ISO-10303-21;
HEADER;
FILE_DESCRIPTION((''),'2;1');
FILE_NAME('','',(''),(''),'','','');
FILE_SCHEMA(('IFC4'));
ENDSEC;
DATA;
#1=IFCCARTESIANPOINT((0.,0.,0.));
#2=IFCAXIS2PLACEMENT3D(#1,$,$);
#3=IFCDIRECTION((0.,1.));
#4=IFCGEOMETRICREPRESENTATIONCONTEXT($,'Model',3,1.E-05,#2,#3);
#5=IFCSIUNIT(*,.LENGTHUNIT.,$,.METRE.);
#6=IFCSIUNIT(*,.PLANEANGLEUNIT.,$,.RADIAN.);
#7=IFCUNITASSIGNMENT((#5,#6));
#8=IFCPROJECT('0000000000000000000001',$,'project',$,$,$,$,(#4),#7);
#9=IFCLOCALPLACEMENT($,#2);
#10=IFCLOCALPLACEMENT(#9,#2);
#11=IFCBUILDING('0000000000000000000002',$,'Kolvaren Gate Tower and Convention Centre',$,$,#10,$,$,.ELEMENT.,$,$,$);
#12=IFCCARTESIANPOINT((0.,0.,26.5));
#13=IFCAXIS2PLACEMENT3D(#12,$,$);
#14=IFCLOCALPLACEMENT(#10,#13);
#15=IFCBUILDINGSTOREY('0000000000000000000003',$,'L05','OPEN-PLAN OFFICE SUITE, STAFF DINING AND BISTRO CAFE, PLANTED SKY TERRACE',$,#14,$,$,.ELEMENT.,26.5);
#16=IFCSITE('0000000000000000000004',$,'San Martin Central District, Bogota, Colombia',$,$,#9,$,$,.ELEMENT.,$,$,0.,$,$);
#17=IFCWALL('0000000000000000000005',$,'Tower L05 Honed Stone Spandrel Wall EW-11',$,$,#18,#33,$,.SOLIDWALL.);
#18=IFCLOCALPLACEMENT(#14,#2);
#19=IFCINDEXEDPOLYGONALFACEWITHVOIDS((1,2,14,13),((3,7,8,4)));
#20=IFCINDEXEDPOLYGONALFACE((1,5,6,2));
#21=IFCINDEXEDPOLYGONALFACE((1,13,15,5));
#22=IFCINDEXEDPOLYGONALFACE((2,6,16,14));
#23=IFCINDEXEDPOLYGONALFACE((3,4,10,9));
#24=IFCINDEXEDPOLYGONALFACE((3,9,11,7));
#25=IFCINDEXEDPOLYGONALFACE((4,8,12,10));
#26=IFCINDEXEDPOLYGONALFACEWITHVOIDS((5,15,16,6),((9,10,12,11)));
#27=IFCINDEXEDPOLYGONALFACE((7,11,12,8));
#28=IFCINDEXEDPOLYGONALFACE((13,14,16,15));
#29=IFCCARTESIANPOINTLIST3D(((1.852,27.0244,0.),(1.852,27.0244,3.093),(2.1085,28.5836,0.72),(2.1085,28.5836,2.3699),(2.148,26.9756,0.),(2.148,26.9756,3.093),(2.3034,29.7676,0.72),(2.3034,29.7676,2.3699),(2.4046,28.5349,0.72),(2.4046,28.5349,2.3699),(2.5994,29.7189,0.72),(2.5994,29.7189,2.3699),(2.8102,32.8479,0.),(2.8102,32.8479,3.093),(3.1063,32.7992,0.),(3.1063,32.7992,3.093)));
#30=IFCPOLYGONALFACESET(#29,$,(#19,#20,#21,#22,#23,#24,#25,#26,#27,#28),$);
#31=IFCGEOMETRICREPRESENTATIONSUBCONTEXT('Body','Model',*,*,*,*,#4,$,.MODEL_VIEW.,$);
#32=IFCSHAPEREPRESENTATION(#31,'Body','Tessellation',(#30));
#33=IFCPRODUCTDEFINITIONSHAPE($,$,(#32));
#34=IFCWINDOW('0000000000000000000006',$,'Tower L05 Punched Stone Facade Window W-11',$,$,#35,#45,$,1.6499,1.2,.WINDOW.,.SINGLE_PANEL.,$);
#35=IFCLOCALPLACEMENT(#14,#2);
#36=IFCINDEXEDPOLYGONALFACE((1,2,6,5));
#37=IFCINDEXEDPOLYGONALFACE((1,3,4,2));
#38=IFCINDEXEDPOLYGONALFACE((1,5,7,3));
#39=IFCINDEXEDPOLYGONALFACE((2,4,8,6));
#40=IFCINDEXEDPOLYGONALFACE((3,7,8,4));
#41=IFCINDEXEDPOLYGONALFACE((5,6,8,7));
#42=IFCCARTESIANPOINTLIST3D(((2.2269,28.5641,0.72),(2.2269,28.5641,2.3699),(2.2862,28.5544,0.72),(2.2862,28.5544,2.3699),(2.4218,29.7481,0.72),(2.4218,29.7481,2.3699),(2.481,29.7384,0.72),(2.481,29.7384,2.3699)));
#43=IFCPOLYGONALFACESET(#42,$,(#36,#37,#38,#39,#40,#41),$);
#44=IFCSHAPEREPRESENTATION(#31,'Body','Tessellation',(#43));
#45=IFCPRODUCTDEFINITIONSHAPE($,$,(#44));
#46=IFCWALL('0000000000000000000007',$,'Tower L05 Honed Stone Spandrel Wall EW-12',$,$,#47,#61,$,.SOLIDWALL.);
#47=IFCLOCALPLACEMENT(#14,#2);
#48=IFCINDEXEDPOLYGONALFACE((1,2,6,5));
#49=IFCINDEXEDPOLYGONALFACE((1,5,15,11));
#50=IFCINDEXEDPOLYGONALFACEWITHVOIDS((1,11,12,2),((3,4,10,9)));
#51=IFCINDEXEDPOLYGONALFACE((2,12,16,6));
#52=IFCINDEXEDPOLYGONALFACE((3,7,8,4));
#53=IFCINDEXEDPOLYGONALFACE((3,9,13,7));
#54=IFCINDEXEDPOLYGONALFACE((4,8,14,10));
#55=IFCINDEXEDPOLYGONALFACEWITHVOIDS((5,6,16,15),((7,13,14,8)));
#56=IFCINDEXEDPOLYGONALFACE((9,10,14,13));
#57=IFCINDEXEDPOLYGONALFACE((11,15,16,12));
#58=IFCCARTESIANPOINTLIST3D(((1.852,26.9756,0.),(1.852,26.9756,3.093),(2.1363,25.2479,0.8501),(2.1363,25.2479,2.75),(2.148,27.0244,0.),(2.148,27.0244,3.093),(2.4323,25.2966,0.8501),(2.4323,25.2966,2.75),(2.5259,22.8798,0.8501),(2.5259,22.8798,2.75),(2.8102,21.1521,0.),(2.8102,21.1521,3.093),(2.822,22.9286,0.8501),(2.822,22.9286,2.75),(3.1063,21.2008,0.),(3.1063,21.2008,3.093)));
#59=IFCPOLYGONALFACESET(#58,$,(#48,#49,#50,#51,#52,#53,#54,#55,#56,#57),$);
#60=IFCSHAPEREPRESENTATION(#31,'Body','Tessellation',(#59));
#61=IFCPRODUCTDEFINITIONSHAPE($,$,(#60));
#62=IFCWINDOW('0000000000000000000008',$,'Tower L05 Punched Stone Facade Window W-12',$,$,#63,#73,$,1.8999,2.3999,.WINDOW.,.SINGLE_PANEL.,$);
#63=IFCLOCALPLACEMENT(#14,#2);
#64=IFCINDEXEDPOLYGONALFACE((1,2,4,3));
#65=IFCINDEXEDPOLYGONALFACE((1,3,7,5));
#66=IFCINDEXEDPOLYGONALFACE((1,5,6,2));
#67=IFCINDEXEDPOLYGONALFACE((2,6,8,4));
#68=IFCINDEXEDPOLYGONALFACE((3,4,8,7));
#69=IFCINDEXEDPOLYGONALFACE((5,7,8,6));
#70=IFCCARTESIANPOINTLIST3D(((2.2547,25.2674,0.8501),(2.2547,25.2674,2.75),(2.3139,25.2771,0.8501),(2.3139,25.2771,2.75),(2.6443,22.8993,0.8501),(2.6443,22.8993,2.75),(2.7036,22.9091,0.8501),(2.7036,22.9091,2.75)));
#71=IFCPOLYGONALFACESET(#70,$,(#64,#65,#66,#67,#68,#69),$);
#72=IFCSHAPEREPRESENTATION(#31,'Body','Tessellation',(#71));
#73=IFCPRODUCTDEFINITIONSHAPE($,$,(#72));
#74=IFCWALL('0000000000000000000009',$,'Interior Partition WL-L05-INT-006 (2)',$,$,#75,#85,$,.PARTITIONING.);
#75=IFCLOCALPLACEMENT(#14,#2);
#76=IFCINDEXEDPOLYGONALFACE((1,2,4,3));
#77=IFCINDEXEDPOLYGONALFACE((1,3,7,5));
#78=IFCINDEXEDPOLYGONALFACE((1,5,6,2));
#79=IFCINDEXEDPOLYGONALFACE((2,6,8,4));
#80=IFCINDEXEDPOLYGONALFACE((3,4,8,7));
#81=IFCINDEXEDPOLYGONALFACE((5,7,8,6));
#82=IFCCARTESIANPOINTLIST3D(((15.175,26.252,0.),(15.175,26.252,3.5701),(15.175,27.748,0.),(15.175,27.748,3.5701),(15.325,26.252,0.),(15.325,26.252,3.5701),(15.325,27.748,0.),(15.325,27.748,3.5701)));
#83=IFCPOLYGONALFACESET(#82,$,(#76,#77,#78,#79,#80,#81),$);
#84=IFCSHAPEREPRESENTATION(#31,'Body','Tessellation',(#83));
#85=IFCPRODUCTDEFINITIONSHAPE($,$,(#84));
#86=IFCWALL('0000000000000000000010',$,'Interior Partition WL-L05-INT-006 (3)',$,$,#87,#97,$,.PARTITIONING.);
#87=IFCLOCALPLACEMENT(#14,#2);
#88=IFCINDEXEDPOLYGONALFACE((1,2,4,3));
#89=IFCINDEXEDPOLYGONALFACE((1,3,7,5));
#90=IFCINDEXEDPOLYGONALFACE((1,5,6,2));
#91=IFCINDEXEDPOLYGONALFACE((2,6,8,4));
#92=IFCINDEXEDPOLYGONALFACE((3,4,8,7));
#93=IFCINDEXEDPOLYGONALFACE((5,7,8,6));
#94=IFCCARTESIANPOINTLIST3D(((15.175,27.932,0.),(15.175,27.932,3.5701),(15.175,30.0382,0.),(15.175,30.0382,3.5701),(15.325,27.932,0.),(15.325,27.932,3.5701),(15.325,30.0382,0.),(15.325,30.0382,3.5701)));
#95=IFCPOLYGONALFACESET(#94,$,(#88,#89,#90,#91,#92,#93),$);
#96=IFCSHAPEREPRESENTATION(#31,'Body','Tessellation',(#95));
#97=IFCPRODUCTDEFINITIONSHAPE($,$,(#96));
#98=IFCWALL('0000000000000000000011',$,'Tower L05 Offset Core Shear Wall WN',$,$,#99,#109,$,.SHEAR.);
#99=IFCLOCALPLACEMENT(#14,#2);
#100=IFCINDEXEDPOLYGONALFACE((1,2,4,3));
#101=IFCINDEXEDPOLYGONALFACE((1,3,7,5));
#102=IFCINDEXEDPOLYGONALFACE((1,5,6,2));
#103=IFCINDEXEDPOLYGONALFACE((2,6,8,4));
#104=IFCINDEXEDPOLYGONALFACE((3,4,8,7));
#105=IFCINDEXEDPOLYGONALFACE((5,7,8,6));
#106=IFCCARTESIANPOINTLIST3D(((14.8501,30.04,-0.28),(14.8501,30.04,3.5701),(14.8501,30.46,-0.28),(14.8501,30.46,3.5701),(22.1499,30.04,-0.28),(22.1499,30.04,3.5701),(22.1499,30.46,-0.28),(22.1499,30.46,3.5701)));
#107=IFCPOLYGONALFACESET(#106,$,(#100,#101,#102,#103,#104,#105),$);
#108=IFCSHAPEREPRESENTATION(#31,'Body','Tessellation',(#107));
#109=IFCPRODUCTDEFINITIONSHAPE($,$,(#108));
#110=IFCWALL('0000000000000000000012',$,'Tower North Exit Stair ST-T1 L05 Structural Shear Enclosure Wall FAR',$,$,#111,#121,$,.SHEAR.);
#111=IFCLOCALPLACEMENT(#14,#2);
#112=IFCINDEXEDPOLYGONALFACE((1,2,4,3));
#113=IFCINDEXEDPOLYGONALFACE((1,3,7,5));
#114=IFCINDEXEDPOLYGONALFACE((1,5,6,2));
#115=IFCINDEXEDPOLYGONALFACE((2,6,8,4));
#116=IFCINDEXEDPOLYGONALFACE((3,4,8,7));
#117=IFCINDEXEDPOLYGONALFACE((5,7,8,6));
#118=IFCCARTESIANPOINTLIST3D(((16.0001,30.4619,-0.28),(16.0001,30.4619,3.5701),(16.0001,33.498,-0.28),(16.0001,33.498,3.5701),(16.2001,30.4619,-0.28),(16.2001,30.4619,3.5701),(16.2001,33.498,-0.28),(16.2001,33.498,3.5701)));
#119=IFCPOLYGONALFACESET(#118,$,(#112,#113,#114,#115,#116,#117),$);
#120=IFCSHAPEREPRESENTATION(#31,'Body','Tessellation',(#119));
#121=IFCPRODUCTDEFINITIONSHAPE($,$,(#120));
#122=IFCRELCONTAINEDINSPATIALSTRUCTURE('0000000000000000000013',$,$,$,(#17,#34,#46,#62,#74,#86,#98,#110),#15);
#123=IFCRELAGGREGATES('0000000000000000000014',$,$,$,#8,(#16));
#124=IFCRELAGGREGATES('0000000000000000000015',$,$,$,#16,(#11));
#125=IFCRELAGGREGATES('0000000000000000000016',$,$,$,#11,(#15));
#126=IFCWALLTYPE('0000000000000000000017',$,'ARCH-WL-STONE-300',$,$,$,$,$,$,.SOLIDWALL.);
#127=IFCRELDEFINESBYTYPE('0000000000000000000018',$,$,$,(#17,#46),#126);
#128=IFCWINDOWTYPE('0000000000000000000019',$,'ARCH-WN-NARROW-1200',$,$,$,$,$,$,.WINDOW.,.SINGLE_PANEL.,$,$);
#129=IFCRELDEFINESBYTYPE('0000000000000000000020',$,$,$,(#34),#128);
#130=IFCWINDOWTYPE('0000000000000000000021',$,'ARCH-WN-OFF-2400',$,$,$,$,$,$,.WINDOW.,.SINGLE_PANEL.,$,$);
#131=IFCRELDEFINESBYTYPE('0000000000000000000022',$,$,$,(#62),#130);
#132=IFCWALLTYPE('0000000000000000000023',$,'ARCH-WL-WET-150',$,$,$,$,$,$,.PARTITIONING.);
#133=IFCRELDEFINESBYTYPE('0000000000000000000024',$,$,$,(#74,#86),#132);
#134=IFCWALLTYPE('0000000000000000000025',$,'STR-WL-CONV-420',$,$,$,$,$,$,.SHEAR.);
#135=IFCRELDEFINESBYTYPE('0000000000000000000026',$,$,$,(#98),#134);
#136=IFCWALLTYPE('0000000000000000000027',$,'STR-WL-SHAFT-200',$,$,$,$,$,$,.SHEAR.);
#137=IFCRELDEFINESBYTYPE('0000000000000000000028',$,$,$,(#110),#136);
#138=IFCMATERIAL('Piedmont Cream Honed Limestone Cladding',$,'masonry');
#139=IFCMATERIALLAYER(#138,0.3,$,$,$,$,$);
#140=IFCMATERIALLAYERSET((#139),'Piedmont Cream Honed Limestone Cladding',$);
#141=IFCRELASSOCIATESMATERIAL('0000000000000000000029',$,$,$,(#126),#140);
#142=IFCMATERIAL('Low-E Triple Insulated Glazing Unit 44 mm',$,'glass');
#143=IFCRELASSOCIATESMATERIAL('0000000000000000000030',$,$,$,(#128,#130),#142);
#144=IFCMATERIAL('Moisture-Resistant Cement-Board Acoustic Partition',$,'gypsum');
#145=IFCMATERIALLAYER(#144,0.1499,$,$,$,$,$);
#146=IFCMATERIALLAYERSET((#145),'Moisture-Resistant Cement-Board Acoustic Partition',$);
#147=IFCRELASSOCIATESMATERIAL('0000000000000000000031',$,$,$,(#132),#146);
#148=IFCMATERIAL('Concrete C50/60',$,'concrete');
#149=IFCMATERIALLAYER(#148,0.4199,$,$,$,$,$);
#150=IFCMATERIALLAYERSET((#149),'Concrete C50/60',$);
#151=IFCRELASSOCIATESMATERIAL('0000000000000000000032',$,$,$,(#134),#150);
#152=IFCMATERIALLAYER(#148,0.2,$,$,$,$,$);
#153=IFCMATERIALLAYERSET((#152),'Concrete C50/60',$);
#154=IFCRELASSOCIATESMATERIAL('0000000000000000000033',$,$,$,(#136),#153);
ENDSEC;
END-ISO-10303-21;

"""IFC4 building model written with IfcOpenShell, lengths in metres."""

from ifc_helpers import new_model, si_unit, direction, frame, frame_2d, origin, place, context, subcontext, project, spatial, rectangle, extrude, material, layer, layer_set, type_object, element, fill, save


model = new_model("IFC4")

# Units and contexts
model_context = context("Model", 3, precision=1e-05, world=origin(), true_north=direction((0.0, 1.0)))
body_context = subcontext(model_context, "Body", "Model", "MODEL_VIEW")
ifc_project = project(units=[si_unit("LENGTHUNIT", "METRE"), si_unit("PLANEANGLEUNIT", "RADIAN")], contexts=[model_context])

# Site, building, storey
site_placement = place(None, origin())
site = spatial("IfcSite", under=ifc_project, at=site_placement, Name="San Martin Central District, Bogota, Colombia", CompositionType="ELEMENT", RefElevation=0.0)
building_placement = place(site_placement, origin())
building = spatial("IfcBuilding", under=site, at=building_placement, Name="Kolvaren Gate Tower and Convention Centre", CompositionType="ELEMENT")
storey_placement = place(building_placement, frame((0.0, 0.0, 26.5)))
storey = spatial("IfcBuildingStorey", under=building, at=storey_placement, Name="L05", Description="OPEN-PLAN OFFICE SUITE, STAFF DINING AND BISTRO CAFE, PLANTED SKY TERRACE", CompositionType="ELEMENT", Elevation=26.5)

# Shared definitions
ifc_material_1 = material(Name="Piedmont Cream Honed Limestone Cladding", Category="masonry")

# Walls, openings, windows
ifc_layer_1 = layer(ifc_material_1, 0.3)
ifc_layer_set_1 = layer_set([ifc_layer_1], Name="Piedmont Cream Honed Limestone Cladding")
wall_type_1 = type_object("IfcWallType", Name="ARCH-WL-STONE-300", PredefinedType="SOLIDWALL", material=ifc_layer_set_1)
wall_1_placement = place(storey_placement, frame((2.0, 27.0, 0.0), z_axis=(0.0, 0.0, 1.0), x_axis=(0.162366, 0.986731, 0.0)))
wall_1 = element("IfcWall", 1, at=wall_1_placement, inside=storey, type_object=wall_type_1, Name="Tower L05 Honed Stone Spandrel Wall EW-11", PredefinedType="SOLIDWALL", context=body_context, shape_type="SweptSolid", body=[
    extrude(rectangle(XDim=5.9019, YDim=0.3, at=frame_2d((2.9509, 0.0))), origin(), (0.0, 0.0, 1.0), 3.093),
])
opening_1_placement = place(wall_1_placement, frame((1.5801, 0.0, 0.72)))
opening_1 = element("IfcOpeningElement", 2, at=opening_1_placement, cuts=wall_1, PredefinedType="OPENING", context=body_context, shape_type="SweptSolid", body=[
    extrude(rectangle(XDim=1.2, YDim=1.6499, at=frame_2d((0.6001, 0.825))), frame((0.0, 0.1599, 0.0), z_axis=(0.0, -1.0, 0.0), x_axis=(1.0, 0.0, 0.0)), (0.0, 0.0, 1.0), 0.3201),
])
ifc_material_2 = material(Name="Low-E Triple Insulated Glazing Unit 44 mm", Category="glass")
window_type_1 = type_object("IfcWindowType", Name="ARCH-WN-NARROW-1200", PartitioningType="SINGLE_PANEL", PredefinedType="WINDOW", material=ifc_material_2)
window_1_placement = place(opening_1_placement, origin())
window_1 = element("IfcWindow", 3, at=window_1_placement, inside=storey, type_object=window_type_1, Name="Tower L05 Punched Stone Facade Window W-11", OverallHeight=1.6499, OverallWidth=1.2, PartitioningType="SINGLE_PANEL", PredefinedType="WINDOW", context=body_context, shape_type="SweptSolid", body=[
    extrude(rectangle(XDim=1.2, YDim=1.6499, at=frame_2d((0.6001, 0.825))), frame((0.0, 0.03, 0.0), z_axis=(0.0, -1.0, 0.0), x_axis=(1.0, 0.0, 0.0)), (0.0, 0.0, 1.0), 0.0601),
])
fill(opening_1, window_1)
wall_2_placement = place(storey_placement, frame((2.0, 27.0, 0.0), z_axis=(0.0, 0.0, 1.0), x_axis=(0.162366, -0.986731, 0.0)))
wall_2 = element("IfcWall", 4, at=wall_2_placement, inside=storey, type_object=wall_type_1, Name="Tower L05 Honed Stone Spandrel Wall EW-12", PredefinedType="SOLIDWALL", context=body_context, shape_type="SweptSolid", body=[
    extrude(rectangle(XDim=5.9019, YDim=0.3, at=frame_2d((2.9509, 0.0))), origin(), (0.0, 0.0, 1.0), 3.093),
])
opening_2_placement = place(wall_2_placement, frame((1.751, 0.0, 0.8501)))
opening_2 = element("IfcOpeningElement", 5, at=opening_2_placement, cuts=wall_2, PredefinedType="OPENING", context=body_context, shape_type="SweptSolid", body=[
    extrude(rectangle(XDim=2.3999, YDim=1.8999, at=frame_2d((1.2, 0.95))), frame((0.0, 0.1599, 0.0), z_axis=(0.0, -1.0, 0.0), x_axis=(1.0, 0.0, 0.0)), (0.0, 0.0, 1.0), 0.3201),
])
window_type_2 = type_object("IfcWindowType", Name="ARCH-WN-OFF-2400", PartitioningType="SINGLE_PANEL", PredefinedType="WINDOW", material=ifc_material_2)
window_2_placement = place(opening_2_placement, origin())
window_2 = element("IfcWindow", 6, at=window_2_placement, inside=storey, type_object=window_type_2, Name="Tower L05 Punched Stone Facade Window W-12", OverallHeight=1.8999, OverallWidth=2.3999, PartitioningType="SINGLE_PANEL", PredefinedType="WINDOW", context=body_context, shape_type="SweptSolid", body=[
    extrude(rectangle(XDim=2.3999, YDim=1.8999, at=frame_2d((1.2, 0.95))), frame((0.0, 0.03, 0.0), z_axis=(0.0, -1.0, 0.0), x_axis=(1.0, 0.0, 0.0)), (0.0, 0.0, 1.0), 0.0601),
])
fill(opening_2, window_2)

# Walls
ifc_material_3 = material(Name="Moisture-Resistant Cement-Board Acoustic Partition", Category="gypsum")
ifc_layer_2 = layer(ifc_material_3, 0.1499)
ifc_layer_set_2 = layer_set([ifc_layer_2], Name="Moisture-Resistant Cement-Board Acoustic Partition")
wall_type_2 = type_object("IfcWallType", Name="ARCH-WL-WET-150", PredefinedType="PARTITIONING", material=ifc_layer_set_2)
wall_3_placement = place(storey_placement, frame((15.25, 26.252, 0.0), z_axis=(0.0, 0.0, 1.0), x_axis=(0.0, 1.0, 0.0)))
element("IfcWall", 7, at=wall_3_placement, inside=storey, type_object=wall_type_2, Name="Interior Partition WL-L05-INT-006 (2)", PredefinedType="PARTITIONING", context=body_context, shape_type="SweptSolid", body=[
    extrude(rectangle(XDim=1.4961, YDim=0.1499, at=frame_2d((0.748, 0.0))), origin(), (0.0, 0.0, 1.0), 3.5701),
])
wall_4_placement = place(storey_placement, frame((15.25, 27.9319, 0.0), z_axis=(0.0, 0.0, 1.0), x_axis=(0.0, 1.0, 0.0)))
element("IfcWall", 8, at=wall_4_placement, inside=storey, type_object=wall_type_2, Name="Interior Partition WL-L05-INT-006 (3)", PredefinedType="PARTITIONING", context=body_context, shape_type="SweptSolid", body=[
    extrude(rectangle(XDim=2.1062, YDim=0.1499, at=frame_2d((1.0532, 0.0))), origin(), (0.0, 0.0, 1.0), 3.5701),
])
ifc_material_4 = material(Name="Concrete C50/60", Category="concrete")
ifc_layer_3 = layer(ifc_material_4, 0.4199)
ifc_layer_set_3 = layer_set([ifc_layer_3], Name="Concrete C50/60")
wall_type_3 = type_object("IfcWallType", Name="STR-WL-CONV-420", PredefinedType="SHEAR", material=ifc_layer_set_3)
wall_5_placement = place(storey_placement, frame((14.8501, 30.25, -0.28), z_axis=(0.0, 0.0, 1.0), x_axis=(1.0, 0.0, 0.0)))
element("IfcWall", 9, at=wall_5_placement, inside=storey, type_object=wall_type_3, Name="Tower L05 Offset Core Shear Wall WN", PredefinedType="SHEAR", context=body_context, shape_type="SweptSolid", body=[
    extrude(rectangle(XDim=7.2998, YDim=0.4199, at=frame_2d((3.6499, 0.0))), origin(), (0.0, 0.0, 1.0), 3.8501),
])
ifc_layer_4 = layer(ifc_material_4, 0.2)
ifc_layer_set_4 = layer_set([ifc_layer_4], Name="Concrete C50/60")
wall_type_4 = type_object("IfcWallType", Name="STR-WL-SHAFT-200", PredefinedType="SHEAR", material=ifc_layer_set_4)
wall_6_placement = place(storey_placement, frame((16.1001, 30.4619, -0.28), z_axis=(0.0, 0.0, 1.0), x_axis=(0.0, 1.0, 0.0)))
element("IfcWall", 10, at=wall_6_placement, inside=storey, type_object=wall_type_4, Name="Tower North Exit Stair ST-T1 L05 Structural Shear Enclosure Wall FAR", PredefinedType="SHEAR", context=body_context, shape_type="SweptSolid", body=[
    extrude(rectangle(XDim=3.0361, YDim=0.2, at=frame_2d((1.5181, 0.0))), origin(), (0.0, 0.0, 1.0), 3.8501),
])

save(model, "model.ifc")
